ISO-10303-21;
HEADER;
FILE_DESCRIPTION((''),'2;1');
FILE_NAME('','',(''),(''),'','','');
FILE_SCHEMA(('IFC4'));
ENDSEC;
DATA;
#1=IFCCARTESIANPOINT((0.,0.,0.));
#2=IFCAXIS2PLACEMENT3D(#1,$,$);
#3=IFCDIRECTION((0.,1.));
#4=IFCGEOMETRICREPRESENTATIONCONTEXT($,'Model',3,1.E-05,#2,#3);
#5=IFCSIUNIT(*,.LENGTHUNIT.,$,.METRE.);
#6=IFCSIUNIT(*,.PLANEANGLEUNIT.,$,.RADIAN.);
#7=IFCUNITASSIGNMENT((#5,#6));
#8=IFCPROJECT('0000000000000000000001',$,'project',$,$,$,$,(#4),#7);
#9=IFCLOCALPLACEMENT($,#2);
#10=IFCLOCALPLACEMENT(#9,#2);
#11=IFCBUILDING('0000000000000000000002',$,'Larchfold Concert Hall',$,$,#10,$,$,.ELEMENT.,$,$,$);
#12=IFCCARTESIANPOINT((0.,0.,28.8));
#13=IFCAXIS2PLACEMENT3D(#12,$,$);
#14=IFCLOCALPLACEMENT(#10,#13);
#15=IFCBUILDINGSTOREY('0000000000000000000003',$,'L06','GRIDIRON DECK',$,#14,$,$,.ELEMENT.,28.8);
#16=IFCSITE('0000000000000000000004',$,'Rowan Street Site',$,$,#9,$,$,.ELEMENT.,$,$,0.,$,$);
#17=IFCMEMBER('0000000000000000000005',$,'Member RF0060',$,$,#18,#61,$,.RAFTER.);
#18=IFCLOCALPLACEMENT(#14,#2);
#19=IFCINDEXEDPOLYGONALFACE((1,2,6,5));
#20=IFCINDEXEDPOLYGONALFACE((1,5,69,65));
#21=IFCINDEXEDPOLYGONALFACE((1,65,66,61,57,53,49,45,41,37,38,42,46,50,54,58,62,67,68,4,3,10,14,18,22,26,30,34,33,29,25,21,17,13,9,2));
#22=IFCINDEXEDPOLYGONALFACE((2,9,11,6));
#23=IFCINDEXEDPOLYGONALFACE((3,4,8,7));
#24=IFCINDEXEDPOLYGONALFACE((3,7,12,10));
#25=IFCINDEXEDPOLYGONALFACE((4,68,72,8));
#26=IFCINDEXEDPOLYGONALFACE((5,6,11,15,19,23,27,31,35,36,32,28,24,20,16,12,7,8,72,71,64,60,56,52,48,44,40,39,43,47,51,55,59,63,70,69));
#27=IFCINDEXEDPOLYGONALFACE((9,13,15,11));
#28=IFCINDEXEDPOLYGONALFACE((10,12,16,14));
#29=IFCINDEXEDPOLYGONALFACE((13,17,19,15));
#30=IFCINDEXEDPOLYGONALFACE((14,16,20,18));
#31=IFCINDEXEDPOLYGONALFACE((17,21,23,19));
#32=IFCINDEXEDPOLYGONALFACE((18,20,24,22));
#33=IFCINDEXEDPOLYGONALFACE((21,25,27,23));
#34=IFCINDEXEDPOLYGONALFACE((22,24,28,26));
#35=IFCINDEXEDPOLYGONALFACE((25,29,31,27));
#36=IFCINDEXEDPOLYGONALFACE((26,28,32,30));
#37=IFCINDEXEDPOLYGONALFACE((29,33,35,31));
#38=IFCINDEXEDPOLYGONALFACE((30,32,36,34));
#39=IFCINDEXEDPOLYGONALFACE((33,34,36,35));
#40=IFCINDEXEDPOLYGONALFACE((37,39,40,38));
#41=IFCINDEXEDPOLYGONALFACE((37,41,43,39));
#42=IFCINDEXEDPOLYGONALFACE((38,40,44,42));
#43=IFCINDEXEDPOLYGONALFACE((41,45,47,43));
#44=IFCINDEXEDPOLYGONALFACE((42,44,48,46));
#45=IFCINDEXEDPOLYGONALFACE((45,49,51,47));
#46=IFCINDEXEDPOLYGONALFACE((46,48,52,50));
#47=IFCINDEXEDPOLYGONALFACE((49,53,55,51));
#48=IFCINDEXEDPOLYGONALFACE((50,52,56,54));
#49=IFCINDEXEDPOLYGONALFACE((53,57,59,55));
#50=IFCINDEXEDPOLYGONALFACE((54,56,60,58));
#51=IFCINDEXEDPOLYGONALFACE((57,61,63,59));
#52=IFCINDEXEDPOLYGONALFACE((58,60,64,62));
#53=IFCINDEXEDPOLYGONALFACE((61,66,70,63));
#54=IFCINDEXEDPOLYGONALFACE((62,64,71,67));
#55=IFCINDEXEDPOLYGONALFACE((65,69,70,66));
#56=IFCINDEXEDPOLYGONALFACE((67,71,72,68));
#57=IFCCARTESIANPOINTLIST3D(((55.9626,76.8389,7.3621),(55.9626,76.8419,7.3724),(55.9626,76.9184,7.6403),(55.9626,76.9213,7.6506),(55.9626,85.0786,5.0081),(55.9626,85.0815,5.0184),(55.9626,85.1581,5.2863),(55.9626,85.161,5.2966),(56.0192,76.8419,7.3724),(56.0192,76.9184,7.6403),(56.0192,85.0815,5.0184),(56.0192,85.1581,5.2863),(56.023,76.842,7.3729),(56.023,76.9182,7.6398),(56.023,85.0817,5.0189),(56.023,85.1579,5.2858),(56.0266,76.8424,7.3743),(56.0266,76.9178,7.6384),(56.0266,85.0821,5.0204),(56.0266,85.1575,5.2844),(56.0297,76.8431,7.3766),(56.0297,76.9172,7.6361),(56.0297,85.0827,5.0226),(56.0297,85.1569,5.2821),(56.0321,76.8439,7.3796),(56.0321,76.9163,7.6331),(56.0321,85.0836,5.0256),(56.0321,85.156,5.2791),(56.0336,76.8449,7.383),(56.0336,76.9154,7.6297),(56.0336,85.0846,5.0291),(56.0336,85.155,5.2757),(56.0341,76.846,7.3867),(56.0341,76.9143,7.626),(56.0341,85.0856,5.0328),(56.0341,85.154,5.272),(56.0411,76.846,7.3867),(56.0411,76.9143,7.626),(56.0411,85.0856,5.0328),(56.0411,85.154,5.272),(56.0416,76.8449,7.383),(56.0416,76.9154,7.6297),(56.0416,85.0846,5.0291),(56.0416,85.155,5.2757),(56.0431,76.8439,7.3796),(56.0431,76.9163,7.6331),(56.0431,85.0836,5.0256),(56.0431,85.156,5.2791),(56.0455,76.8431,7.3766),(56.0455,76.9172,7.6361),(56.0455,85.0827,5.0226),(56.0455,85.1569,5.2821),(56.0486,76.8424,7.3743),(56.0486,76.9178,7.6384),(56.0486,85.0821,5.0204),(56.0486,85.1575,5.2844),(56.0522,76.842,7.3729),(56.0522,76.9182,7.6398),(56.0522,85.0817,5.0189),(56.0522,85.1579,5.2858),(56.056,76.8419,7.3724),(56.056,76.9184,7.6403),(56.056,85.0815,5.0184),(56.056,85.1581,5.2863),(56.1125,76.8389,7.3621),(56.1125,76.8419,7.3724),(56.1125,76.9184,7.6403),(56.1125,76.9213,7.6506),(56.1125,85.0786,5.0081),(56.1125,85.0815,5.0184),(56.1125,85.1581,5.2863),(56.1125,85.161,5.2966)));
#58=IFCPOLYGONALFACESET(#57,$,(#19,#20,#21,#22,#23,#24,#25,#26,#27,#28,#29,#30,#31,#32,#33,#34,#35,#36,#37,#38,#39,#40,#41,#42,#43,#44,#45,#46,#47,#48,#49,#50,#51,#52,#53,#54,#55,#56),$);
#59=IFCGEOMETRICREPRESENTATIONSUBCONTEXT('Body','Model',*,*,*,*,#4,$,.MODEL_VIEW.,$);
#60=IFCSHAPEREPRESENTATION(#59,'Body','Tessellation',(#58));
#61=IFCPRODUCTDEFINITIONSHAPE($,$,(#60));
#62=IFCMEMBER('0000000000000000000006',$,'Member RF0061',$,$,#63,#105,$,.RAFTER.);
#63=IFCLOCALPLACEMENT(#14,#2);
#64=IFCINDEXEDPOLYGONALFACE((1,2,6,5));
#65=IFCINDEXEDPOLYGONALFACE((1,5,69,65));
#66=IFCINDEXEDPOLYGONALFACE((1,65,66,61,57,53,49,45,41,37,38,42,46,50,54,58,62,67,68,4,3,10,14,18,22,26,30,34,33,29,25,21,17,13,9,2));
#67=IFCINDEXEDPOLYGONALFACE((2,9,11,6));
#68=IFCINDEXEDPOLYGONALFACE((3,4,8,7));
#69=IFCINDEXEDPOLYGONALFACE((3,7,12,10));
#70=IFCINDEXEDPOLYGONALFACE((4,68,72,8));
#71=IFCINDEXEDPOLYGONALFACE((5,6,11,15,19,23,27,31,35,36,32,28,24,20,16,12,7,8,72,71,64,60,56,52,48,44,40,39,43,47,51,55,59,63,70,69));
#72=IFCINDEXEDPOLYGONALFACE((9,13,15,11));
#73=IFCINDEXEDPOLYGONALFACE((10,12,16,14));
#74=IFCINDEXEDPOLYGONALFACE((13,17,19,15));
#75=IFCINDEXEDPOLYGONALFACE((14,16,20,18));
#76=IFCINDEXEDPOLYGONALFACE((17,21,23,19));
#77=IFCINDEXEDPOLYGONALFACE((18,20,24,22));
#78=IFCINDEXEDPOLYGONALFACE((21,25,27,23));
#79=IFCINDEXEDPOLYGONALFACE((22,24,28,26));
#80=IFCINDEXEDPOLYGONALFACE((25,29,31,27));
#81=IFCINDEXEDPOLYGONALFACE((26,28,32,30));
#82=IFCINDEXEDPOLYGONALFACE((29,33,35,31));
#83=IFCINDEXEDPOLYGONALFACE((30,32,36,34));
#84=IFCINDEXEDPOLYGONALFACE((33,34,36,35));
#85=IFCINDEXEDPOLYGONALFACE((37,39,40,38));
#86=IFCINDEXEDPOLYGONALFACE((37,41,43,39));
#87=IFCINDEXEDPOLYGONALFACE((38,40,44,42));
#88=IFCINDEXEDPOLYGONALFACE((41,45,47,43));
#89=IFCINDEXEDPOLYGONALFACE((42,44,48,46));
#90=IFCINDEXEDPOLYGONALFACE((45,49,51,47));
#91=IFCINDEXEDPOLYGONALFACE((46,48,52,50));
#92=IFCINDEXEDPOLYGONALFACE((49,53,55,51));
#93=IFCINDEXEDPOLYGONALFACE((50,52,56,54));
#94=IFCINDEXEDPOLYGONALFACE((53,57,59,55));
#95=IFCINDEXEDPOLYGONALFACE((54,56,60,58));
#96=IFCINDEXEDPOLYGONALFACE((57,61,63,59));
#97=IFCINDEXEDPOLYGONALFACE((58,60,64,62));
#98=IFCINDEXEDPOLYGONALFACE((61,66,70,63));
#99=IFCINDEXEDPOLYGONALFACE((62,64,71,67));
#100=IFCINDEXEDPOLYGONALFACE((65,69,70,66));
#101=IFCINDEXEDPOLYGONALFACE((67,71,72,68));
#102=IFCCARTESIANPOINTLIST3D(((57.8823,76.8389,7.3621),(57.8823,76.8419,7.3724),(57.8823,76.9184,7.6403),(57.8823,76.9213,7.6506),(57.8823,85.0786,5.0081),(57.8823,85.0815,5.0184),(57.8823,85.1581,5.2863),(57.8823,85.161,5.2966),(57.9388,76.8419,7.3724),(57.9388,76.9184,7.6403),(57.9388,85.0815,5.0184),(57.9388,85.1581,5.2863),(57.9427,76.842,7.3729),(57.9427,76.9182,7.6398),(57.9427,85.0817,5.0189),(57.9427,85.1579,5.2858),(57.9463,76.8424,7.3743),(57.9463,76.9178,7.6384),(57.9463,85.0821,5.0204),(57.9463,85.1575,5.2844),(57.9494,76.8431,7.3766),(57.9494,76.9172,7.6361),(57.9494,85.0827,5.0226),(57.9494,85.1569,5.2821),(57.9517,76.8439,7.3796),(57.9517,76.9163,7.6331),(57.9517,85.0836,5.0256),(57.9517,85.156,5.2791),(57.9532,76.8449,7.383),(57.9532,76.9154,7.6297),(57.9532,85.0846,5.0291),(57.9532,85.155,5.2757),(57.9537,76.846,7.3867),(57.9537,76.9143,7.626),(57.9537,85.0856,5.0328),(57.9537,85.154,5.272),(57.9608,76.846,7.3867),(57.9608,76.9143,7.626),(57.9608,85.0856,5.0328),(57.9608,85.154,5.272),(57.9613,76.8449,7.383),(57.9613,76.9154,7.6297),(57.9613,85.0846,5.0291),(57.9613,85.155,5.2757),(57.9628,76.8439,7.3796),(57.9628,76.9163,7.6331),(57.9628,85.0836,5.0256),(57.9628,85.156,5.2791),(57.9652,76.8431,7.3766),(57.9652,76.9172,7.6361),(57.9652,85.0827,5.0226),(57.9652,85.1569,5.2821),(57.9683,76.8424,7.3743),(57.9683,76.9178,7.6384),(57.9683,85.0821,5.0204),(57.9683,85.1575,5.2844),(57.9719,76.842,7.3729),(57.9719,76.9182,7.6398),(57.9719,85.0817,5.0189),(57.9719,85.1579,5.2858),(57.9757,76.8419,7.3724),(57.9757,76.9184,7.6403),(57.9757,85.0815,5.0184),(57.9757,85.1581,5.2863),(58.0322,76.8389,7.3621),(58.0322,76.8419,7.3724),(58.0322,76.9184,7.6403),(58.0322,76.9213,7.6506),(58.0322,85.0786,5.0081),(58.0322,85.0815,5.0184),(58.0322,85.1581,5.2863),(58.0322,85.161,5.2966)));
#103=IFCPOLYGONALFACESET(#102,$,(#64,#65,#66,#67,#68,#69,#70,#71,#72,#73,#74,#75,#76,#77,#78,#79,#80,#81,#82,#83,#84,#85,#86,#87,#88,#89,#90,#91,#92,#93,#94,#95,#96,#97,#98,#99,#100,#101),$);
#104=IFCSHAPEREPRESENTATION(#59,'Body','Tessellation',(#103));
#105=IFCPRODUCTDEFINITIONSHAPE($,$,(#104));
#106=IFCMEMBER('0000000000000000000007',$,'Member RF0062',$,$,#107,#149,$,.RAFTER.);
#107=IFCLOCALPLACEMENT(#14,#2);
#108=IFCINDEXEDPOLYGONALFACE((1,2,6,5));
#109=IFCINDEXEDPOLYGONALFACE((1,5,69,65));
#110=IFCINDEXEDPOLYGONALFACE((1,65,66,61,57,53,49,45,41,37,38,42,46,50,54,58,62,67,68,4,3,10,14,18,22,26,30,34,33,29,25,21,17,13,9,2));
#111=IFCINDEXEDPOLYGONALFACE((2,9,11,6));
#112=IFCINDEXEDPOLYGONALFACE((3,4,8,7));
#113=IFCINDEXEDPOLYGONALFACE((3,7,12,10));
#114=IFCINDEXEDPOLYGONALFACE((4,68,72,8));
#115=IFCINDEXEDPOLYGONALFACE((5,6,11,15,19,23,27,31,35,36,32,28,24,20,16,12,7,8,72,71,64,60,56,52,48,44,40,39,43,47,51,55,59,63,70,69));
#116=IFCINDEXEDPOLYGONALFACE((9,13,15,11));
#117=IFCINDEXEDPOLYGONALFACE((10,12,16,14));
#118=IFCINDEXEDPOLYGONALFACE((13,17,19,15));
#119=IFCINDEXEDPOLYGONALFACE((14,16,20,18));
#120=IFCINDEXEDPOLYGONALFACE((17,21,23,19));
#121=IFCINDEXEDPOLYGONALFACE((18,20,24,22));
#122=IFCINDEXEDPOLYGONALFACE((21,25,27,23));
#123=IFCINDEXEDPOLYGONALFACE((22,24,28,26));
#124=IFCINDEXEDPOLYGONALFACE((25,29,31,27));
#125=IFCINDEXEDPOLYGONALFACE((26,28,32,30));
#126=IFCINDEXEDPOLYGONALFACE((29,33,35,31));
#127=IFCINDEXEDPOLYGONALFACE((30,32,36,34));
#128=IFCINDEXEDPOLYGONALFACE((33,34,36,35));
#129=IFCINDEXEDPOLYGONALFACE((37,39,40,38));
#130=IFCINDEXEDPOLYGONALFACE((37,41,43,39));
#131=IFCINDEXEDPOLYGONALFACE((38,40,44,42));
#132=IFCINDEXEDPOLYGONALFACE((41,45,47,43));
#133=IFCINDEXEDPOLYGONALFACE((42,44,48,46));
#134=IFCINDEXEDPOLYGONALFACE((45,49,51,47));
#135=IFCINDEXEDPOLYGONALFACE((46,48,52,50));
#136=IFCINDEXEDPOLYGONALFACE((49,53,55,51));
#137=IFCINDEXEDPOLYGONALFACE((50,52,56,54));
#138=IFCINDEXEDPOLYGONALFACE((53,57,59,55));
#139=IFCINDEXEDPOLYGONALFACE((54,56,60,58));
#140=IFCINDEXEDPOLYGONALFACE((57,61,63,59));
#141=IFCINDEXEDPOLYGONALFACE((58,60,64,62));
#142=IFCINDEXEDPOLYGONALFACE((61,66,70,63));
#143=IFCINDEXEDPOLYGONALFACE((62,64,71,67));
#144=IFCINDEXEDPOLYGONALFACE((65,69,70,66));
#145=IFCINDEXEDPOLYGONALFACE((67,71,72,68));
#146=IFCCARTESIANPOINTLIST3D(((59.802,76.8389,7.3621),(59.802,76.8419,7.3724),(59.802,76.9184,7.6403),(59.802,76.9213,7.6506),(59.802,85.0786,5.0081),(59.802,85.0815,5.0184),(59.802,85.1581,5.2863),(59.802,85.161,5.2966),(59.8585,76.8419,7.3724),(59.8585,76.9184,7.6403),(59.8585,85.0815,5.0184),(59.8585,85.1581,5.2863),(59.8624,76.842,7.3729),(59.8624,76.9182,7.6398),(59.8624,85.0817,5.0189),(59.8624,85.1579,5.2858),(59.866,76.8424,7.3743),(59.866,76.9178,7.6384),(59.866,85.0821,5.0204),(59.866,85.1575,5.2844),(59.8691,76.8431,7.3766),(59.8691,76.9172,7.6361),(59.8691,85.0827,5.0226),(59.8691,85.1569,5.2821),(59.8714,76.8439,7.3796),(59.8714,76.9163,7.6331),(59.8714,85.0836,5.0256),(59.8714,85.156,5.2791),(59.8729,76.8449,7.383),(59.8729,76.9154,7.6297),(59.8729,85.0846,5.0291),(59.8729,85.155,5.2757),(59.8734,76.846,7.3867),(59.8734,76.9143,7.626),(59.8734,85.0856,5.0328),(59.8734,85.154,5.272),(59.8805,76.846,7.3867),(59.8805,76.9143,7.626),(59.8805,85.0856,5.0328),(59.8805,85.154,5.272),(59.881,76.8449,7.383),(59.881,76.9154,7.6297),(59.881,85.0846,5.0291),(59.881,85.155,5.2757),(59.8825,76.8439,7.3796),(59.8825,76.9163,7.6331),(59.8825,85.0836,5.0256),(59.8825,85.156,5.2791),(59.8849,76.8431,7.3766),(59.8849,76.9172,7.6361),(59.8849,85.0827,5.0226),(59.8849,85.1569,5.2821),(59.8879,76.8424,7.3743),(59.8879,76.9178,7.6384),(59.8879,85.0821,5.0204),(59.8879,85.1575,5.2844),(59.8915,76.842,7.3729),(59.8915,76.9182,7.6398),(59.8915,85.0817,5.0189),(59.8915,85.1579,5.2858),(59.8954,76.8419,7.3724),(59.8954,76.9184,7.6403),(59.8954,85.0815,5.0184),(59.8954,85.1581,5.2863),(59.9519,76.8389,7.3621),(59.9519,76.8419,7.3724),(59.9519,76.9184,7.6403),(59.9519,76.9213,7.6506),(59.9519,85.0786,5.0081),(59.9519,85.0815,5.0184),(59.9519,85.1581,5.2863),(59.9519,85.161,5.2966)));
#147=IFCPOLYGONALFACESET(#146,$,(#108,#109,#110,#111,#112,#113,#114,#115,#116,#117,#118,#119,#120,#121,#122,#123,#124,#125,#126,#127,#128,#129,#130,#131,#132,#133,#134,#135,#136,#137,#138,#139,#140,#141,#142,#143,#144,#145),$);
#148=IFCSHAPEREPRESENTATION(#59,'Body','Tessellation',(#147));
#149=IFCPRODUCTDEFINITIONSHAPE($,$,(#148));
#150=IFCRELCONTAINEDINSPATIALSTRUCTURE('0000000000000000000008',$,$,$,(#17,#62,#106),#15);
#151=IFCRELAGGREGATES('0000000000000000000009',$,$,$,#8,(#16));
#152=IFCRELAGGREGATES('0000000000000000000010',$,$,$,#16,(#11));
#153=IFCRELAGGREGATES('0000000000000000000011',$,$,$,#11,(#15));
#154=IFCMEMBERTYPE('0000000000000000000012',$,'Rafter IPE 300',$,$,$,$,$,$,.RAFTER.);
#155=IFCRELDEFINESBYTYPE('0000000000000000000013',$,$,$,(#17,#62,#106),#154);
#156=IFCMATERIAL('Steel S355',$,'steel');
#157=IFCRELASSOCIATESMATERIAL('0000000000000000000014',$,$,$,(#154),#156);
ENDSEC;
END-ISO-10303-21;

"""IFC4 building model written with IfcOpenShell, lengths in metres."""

from ifc_helpers import new_model, si_unit, direction, frame, origin, origin_2d, place, context, subcontext, project, spatial, i_section, extrude, material, material_profile, profile_set, type_object, element, save


model = new_model("IFC4")

# Units and contexts
model_context = context("Model", 3, precision=1e-05, world=origin(), true_north=direction((0.0, 1.0)))
body_context = subcontext(model_context, "Body", "Model", "MODEL_VIEW")
ifc_project = project(units=[si_unit("LENGTHUNIT", "METRE"), si_unit("PLANEANGLEUNIT", "RADIAN")], contexts=[model_context])

# Site, building, storey
site_placement = place(None, origin())
site = spatial("IfcSite", under=ifc_project, at=site_placement, Name="Rowan Street Site", CompositionType="ELEMENT", RefElevation=0.0)
building_placement = place(site_placement, origin())
building = spatial("IfcBuilding", under=site, at=building_placement, Name="Larchfold Concert Hall", CompositionType="ELEMENT")
storey_placement = place(building_placement, frame((0.0, 0.0, 28.8)))
storey = spatial("IfcBuildingStorey", under=building, at=storey_placement, Name="L06", Description="GRIDIRON DECK", CompositionType="ELEMENT", Elevation=28.8)

# Members
ifc_material_1 = material(Name="Steel S355", Category="steel")
ifc_material_profile_1 = material_profile(ifc_material_1, i_section(OverallWidth=0.1499, OverallDepth=0.3, WebThickness=0.0071, FlangeThickness=0.0107, FilletRadius=0.0149, at=origin_2d()))
ifc_profile_set_1 = profile_set([ifc_material_profile_1], Name="Steel S355")
member_type_1 = type_object("IfcMemberType", Name="Rafter IPE 300", PredefinedType="RAFTER", material=ifc_profile_set_1)
for number, where, z_axis, x_axis, name in (
    (1, (56.0376, 76.8801, 7.5063), (0.0, 0.96153, -0.274699), (-1.0, 0.0, 0.0), "Member RF0060"),
    (2, (57.9573, 76.8801, 7.5063), (0.0, 0.96153, -0.274699), (-1.0, 0.0, 0.0), "Member RF0061"),
    (3, (59.877, 76.8801, 7.5063), (0.0, 0.96153, -0.274699), (-1.0, 0.0, 0.0), "Member RF0062"),
):
    element("IfcMember", number, at=place(storey_placement, frame(where, z_axis=z_axis, x_axis=x_axis)), inside=storey, type_object=member_type_1, Name=name, PredefinedType="RAFTER", context=body_context, shape_type="SweptSolid", body=[
        extrude(i_section(OverallWidth=0.1499, OverallDepth=0.3, WebThickness=0.0071, FlangeThickness=0.0107, FilletRadius=0.0149, at=origin_2d()), origin(), (0.0, 0.0, 1.0), 8.5693),
    ])

save(model, "model.ifc")
